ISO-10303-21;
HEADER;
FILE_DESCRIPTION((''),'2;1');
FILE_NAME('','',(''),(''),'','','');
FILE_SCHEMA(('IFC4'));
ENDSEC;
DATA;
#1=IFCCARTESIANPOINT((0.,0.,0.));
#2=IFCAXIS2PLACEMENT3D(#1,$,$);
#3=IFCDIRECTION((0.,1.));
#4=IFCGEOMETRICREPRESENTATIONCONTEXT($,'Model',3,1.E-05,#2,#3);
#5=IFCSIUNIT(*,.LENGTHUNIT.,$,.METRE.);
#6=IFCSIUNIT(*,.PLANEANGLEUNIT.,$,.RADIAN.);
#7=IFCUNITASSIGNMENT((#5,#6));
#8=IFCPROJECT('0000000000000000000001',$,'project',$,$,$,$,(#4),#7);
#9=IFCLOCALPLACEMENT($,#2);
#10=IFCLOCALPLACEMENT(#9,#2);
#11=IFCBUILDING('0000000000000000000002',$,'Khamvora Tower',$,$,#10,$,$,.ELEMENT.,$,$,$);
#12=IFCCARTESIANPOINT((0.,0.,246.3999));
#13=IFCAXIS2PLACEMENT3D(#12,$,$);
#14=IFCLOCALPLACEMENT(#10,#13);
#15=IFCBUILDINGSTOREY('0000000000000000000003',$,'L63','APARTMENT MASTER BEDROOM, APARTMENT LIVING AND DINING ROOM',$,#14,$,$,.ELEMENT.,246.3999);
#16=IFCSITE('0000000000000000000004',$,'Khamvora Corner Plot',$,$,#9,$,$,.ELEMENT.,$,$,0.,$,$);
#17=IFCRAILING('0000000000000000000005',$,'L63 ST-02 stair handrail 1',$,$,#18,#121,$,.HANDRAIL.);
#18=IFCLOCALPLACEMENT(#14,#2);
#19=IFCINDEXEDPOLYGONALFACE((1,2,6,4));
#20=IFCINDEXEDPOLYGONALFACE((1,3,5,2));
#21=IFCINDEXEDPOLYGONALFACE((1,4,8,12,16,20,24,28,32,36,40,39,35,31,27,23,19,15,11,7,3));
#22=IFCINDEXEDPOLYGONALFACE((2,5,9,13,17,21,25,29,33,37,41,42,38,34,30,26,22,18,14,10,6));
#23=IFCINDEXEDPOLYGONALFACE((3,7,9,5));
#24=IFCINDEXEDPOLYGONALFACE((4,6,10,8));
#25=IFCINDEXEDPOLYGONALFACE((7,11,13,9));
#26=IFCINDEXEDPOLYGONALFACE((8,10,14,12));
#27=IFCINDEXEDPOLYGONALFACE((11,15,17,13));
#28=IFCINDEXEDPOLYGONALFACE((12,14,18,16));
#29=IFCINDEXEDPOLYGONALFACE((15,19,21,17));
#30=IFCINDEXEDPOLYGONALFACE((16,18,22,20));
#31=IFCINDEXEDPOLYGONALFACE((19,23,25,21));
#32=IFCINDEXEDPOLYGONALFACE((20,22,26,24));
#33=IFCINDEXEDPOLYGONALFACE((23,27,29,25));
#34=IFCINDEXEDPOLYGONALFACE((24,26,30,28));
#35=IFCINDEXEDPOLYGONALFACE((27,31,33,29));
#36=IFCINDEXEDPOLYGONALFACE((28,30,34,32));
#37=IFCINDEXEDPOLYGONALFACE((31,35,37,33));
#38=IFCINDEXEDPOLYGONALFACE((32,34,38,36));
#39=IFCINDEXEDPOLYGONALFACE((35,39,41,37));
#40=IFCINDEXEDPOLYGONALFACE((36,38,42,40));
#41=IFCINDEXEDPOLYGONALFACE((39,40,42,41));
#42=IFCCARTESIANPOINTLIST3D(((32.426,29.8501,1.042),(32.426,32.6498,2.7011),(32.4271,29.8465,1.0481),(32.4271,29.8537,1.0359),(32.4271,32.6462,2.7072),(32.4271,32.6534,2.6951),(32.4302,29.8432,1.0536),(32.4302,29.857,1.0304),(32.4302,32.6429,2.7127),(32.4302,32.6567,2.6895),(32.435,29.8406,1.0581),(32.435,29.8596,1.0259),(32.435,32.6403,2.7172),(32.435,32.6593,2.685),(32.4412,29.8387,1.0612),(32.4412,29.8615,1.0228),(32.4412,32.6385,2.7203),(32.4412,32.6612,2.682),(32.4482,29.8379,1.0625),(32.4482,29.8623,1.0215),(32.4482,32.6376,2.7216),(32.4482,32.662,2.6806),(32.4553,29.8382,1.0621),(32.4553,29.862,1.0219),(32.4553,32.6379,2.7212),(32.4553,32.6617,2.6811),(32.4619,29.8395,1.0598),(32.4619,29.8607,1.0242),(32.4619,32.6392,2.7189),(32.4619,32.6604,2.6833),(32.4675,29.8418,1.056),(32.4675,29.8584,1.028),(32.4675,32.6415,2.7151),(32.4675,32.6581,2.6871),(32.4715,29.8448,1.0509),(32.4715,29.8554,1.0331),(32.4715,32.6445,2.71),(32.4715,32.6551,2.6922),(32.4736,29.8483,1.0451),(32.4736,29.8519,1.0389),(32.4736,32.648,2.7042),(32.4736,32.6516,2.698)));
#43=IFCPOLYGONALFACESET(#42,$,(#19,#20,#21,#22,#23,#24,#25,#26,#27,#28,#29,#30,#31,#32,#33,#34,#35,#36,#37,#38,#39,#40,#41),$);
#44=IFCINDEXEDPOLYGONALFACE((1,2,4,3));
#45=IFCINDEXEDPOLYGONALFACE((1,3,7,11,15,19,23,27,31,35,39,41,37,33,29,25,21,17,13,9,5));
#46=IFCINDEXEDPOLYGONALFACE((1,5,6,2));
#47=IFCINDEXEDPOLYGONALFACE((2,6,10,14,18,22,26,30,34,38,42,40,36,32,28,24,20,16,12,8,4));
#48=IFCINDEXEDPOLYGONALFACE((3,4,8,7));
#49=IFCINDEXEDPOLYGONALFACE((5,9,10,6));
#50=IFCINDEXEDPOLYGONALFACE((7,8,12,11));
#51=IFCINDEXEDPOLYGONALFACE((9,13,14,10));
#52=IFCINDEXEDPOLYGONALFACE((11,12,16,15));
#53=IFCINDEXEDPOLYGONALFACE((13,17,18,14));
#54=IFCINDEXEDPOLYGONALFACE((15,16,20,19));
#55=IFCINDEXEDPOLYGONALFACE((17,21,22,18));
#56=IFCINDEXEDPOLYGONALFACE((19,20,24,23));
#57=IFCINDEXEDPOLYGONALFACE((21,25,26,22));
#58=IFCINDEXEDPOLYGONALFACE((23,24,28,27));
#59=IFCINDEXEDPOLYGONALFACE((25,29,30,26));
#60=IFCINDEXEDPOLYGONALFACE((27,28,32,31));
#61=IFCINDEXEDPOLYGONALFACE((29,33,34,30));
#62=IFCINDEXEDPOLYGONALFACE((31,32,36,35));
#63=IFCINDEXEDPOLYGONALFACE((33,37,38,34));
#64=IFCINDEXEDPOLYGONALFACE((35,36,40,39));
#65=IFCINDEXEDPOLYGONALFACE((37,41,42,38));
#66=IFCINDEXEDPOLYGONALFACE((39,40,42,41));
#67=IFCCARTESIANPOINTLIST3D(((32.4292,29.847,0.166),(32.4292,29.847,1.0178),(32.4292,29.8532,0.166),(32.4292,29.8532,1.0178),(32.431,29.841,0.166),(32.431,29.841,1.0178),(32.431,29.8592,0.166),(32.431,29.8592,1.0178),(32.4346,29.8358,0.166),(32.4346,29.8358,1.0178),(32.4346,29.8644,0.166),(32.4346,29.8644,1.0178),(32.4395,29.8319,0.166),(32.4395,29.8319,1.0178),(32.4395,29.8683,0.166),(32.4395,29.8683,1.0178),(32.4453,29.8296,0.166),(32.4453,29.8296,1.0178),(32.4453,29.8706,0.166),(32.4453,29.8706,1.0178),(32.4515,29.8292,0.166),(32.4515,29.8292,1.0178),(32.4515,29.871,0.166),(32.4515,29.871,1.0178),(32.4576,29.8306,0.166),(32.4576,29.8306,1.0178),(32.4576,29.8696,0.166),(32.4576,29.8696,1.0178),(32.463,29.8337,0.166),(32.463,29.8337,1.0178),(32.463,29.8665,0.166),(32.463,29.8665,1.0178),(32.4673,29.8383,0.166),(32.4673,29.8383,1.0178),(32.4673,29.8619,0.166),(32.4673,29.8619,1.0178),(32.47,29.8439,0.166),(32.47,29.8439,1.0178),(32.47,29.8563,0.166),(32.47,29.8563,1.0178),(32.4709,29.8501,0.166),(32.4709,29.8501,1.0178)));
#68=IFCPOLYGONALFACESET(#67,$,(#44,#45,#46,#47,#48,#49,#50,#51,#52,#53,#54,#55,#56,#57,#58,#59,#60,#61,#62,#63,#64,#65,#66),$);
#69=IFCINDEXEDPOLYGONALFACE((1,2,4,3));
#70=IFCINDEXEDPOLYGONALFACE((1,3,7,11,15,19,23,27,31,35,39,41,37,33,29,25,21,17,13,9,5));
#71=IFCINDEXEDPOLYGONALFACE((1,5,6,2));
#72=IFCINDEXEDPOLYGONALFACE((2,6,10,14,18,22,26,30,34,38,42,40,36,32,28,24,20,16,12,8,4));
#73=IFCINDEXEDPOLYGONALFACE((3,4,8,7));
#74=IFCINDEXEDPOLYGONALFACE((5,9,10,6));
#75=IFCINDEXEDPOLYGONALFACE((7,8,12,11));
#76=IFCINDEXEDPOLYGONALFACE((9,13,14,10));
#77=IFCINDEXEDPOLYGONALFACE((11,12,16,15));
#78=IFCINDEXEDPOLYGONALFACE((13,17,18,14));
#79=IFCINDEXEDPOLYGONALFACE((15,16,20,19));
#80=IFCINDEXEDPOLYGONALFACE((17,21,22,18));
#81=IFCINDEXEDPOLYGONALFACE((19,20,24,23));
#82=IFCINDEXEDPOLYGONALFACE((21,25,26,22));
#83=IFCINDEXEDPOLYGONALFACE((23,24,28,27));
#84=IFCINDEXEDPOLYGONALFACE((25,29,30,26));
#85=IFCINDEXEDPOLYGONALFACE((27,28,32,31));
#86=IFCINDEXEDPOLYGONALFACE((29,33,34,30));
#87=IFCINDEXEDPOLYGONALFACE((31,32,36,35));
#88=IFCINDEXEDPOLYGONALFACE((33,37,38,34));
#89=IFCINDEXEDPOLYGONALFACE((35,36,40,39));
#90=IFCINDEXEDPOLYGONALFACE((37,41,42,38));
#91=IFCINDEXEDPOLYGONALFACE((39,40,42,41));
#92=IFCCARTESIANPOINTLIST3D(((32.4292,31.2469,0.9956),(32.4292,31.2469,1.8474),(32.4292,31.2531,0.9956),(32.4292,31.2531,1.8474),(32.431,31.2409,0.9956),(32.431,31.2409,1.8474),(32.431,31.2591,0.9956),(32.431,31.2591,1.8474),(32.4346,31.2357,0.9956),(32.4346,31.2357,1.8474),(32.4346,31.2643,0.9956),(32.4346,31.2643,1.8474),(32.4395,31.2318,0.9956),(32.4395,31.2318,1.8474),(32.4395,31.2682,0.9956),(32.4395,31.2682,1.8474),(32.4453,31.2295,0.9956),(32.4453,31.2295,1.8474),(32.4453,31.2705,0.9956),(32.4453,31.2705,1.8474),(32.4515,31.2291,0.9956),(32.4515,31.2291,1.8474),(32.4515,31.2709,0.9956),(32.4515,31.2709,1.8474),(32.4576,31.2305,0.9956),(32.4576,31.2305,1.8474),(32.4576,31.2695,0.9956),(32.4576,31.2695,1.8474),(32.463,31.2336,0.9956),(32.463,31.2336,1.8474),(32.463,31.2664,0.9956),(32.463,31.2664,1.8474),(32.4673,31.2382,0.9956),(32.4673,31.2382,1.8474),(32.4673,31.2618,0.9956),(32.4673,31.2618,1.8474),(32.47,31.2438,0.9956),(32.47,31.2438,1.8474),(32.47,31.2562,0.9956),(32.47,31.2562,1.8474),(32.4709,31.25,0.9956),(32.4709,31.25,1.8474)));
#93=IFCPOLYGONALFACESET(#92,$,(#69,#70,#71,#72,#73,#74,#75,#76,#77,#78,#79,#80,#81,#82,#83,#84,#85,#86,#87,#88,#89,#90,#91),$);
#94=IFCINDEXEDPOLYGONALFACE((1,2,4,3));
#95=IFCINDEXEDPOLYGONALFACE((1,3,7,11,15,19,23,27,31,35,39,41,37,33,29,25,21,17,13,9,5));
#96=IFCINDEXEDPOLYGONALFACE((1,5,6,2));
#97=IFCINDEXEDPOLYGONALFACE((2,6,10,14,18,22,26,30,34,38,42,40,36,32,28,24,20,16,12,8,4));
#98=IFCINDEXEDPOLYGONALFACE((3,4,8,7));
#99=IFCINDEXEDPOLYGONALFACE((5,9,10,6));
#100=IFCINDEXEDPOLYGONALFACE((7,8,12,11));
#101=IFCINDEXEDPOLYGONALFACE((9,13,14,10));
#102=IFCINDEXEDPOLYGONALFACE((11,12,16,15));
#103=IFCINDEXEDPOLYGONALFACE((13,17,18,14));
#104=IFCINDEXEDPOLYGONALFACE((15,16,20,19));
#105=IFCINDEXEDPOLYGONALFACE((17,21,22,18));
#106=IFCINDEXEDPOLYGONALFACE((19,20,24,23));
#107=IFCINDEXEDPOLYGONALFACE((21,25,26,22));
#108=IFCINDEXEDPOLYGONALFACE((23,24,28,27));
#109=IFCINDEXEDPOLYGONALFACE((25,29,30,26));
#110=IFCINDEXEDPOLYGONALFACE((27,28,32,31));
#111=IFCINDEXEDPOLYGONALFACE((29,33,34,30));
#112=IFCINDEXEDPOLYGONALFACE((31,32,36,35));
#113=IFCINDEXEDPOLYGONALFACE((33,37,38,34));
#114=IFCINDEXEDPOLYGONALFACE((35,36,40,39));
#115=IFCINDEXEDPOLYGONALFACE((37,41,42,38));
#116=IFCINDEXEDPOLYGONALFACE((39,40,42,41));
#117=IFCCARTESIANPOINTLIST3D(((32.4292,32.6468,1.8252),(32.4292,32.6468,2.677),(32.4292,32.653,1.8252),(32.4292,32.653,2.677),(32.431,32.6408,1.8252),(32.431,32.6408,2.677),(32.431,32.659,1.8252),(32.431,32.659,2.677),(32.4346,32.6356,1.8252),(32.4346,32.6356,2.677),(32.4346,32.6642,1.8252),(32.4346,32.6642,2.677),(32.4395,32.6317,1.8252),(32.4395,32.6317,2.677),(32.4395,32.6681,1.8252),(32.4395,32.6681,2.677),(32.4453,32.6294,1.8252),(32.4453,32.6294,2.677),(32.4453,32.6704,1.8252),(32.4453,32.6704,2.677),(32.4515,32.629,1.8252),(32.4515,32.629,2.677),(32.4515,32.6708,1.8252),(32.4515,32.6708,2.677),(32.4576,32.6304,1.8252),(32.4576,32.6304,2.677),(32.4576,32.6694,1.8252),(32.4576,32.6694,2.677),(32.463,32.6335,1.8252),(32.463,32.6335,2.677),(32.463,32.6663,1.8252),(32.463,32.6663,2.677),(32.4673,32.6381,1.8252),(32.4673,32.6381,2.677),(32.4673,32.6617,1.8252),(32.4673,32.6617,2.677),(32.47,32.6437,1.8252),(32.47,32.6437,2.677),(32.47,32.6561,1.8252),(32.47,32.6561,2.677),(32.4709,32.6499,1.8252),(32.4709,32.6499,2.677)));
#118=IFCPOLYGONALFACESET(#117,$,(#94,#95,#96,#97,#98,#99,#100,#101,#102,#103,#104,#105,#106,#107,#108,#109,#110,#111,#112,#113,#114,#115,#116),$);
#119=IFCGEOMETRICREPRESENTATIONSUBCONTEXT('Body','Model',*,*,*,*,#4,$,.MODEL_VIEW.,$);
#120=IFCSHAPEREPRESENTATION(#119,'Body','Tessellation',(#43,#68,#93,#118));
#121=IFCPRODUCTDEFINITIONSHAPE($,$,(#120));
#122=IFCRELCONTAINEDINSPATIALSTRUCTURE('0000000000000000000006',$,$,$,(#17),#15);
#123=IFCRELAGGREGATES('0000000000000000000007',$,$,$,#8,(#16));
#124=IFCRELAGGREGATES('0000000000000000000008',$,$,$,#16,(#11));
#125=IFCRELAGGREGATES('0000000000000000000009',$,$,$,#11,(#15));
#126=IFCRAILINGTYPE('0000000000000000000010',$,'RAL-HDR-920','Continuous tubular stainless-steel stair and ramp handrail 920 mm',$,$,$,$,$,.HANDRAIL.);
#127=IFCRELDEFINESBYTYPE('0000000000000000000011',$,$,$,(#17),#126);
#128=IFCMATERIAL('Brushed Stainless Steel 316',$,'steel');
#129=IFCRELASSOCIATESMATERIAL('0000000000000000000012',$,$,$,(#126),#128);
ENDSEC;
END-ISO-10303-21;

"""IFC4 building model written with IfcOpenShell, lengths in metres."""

from ifc_helpers import new_model, si_unit, direction, frame, origin, origin_2d, place, context, subcontext, project, spatial, circle, extrude, material, type_object, element, save


model = new_model("IFC4")

# Units and contexts
model_context = context("Model", 3, precision=1e-05, world=origin(), true_north=direction((0.0, 1.0)))
body_context = subcontext(model_context, "Body", "Model", "MODEL_VIEW")
ifc_project = project(units=[si_unit("LENGTHUNIT", "METRE"), si_unit("PLANEANGLEUNIT", "RADIAN")], contexts=[model_context])

# Site, building, storey
site_placement = place(None, origin())
site = spatial("IfcSite", under=ifc_project, at=site_placement, Name="Khamvora Corner Plot", CompositionType="ELEMENT", RefElevation=0.0)
building_placement = place(site_placement, origin())
building = spatial("IfcBuilding", under=site, at=building_placement, Name="Khamvora Tower", CompositionType="ELEMENT")
storey_placement = place(building_placement, frame((0.0, 0.0, 246.3999)))
storey = spatial("IfcBuildingStorey", under=building, at=storey_placement, Name="L63", Description="APARTMENT MASTER BEDROOM, APARTMENT LIVING AND DINING ROOM", CompositionType="ELEMENT", Elevation=246.3999)

# Railing
ifc_material_1 = material(Name="Brushed Stainless Steel 316", Category="steel")
railing_type_1 = type_object("IfcRailingType", Name="RAL-HDR-920", Description="Continuous tubular stainless-steel stair and ramp handrail 920 mm", PredefinedType="HANDRAIL", material=ifc_material_1)
railing_1_placement = place(storey_placement, frame((32.45, 29.8501, 0.166)))
element("IfcRailing", 1, at=railing_1_placement, inside=storey, type_object=railing_type_1, Name="L63 ST-02 stair handrail 1", PredefinedType="HANDRAIL", context=body_context, shape_type="SweptSolid", body=[
    extrude(circle(Radius=0.0239, at=origin_2d()), frame((0.0, 0.0, 0.876), z_axis=(0.0, 0.860287, 0.509811), x_axis=(-1.0, 0.0, 0.0)), (0.0, 0.0, 1.0), 3.2544),
    extrude(circle(Radius=0.021, at=origin_2d()), origin(), (0.0, 0.0, 1.0), 0.8518),
    extrude(circle(Radius=0.021, at=origin_2d()), frame((0.0, 1.3999, 0.8296)), (0.0, 0.0, 1.0), 0.8518),
    extrude(circle(Radius=0.021, at=origin_2d()), frame((0.0, 2.7998, 1.6592)), (0.0, 0.0, 1.0), 0.8518),
])

save(model, "model.ifc")
